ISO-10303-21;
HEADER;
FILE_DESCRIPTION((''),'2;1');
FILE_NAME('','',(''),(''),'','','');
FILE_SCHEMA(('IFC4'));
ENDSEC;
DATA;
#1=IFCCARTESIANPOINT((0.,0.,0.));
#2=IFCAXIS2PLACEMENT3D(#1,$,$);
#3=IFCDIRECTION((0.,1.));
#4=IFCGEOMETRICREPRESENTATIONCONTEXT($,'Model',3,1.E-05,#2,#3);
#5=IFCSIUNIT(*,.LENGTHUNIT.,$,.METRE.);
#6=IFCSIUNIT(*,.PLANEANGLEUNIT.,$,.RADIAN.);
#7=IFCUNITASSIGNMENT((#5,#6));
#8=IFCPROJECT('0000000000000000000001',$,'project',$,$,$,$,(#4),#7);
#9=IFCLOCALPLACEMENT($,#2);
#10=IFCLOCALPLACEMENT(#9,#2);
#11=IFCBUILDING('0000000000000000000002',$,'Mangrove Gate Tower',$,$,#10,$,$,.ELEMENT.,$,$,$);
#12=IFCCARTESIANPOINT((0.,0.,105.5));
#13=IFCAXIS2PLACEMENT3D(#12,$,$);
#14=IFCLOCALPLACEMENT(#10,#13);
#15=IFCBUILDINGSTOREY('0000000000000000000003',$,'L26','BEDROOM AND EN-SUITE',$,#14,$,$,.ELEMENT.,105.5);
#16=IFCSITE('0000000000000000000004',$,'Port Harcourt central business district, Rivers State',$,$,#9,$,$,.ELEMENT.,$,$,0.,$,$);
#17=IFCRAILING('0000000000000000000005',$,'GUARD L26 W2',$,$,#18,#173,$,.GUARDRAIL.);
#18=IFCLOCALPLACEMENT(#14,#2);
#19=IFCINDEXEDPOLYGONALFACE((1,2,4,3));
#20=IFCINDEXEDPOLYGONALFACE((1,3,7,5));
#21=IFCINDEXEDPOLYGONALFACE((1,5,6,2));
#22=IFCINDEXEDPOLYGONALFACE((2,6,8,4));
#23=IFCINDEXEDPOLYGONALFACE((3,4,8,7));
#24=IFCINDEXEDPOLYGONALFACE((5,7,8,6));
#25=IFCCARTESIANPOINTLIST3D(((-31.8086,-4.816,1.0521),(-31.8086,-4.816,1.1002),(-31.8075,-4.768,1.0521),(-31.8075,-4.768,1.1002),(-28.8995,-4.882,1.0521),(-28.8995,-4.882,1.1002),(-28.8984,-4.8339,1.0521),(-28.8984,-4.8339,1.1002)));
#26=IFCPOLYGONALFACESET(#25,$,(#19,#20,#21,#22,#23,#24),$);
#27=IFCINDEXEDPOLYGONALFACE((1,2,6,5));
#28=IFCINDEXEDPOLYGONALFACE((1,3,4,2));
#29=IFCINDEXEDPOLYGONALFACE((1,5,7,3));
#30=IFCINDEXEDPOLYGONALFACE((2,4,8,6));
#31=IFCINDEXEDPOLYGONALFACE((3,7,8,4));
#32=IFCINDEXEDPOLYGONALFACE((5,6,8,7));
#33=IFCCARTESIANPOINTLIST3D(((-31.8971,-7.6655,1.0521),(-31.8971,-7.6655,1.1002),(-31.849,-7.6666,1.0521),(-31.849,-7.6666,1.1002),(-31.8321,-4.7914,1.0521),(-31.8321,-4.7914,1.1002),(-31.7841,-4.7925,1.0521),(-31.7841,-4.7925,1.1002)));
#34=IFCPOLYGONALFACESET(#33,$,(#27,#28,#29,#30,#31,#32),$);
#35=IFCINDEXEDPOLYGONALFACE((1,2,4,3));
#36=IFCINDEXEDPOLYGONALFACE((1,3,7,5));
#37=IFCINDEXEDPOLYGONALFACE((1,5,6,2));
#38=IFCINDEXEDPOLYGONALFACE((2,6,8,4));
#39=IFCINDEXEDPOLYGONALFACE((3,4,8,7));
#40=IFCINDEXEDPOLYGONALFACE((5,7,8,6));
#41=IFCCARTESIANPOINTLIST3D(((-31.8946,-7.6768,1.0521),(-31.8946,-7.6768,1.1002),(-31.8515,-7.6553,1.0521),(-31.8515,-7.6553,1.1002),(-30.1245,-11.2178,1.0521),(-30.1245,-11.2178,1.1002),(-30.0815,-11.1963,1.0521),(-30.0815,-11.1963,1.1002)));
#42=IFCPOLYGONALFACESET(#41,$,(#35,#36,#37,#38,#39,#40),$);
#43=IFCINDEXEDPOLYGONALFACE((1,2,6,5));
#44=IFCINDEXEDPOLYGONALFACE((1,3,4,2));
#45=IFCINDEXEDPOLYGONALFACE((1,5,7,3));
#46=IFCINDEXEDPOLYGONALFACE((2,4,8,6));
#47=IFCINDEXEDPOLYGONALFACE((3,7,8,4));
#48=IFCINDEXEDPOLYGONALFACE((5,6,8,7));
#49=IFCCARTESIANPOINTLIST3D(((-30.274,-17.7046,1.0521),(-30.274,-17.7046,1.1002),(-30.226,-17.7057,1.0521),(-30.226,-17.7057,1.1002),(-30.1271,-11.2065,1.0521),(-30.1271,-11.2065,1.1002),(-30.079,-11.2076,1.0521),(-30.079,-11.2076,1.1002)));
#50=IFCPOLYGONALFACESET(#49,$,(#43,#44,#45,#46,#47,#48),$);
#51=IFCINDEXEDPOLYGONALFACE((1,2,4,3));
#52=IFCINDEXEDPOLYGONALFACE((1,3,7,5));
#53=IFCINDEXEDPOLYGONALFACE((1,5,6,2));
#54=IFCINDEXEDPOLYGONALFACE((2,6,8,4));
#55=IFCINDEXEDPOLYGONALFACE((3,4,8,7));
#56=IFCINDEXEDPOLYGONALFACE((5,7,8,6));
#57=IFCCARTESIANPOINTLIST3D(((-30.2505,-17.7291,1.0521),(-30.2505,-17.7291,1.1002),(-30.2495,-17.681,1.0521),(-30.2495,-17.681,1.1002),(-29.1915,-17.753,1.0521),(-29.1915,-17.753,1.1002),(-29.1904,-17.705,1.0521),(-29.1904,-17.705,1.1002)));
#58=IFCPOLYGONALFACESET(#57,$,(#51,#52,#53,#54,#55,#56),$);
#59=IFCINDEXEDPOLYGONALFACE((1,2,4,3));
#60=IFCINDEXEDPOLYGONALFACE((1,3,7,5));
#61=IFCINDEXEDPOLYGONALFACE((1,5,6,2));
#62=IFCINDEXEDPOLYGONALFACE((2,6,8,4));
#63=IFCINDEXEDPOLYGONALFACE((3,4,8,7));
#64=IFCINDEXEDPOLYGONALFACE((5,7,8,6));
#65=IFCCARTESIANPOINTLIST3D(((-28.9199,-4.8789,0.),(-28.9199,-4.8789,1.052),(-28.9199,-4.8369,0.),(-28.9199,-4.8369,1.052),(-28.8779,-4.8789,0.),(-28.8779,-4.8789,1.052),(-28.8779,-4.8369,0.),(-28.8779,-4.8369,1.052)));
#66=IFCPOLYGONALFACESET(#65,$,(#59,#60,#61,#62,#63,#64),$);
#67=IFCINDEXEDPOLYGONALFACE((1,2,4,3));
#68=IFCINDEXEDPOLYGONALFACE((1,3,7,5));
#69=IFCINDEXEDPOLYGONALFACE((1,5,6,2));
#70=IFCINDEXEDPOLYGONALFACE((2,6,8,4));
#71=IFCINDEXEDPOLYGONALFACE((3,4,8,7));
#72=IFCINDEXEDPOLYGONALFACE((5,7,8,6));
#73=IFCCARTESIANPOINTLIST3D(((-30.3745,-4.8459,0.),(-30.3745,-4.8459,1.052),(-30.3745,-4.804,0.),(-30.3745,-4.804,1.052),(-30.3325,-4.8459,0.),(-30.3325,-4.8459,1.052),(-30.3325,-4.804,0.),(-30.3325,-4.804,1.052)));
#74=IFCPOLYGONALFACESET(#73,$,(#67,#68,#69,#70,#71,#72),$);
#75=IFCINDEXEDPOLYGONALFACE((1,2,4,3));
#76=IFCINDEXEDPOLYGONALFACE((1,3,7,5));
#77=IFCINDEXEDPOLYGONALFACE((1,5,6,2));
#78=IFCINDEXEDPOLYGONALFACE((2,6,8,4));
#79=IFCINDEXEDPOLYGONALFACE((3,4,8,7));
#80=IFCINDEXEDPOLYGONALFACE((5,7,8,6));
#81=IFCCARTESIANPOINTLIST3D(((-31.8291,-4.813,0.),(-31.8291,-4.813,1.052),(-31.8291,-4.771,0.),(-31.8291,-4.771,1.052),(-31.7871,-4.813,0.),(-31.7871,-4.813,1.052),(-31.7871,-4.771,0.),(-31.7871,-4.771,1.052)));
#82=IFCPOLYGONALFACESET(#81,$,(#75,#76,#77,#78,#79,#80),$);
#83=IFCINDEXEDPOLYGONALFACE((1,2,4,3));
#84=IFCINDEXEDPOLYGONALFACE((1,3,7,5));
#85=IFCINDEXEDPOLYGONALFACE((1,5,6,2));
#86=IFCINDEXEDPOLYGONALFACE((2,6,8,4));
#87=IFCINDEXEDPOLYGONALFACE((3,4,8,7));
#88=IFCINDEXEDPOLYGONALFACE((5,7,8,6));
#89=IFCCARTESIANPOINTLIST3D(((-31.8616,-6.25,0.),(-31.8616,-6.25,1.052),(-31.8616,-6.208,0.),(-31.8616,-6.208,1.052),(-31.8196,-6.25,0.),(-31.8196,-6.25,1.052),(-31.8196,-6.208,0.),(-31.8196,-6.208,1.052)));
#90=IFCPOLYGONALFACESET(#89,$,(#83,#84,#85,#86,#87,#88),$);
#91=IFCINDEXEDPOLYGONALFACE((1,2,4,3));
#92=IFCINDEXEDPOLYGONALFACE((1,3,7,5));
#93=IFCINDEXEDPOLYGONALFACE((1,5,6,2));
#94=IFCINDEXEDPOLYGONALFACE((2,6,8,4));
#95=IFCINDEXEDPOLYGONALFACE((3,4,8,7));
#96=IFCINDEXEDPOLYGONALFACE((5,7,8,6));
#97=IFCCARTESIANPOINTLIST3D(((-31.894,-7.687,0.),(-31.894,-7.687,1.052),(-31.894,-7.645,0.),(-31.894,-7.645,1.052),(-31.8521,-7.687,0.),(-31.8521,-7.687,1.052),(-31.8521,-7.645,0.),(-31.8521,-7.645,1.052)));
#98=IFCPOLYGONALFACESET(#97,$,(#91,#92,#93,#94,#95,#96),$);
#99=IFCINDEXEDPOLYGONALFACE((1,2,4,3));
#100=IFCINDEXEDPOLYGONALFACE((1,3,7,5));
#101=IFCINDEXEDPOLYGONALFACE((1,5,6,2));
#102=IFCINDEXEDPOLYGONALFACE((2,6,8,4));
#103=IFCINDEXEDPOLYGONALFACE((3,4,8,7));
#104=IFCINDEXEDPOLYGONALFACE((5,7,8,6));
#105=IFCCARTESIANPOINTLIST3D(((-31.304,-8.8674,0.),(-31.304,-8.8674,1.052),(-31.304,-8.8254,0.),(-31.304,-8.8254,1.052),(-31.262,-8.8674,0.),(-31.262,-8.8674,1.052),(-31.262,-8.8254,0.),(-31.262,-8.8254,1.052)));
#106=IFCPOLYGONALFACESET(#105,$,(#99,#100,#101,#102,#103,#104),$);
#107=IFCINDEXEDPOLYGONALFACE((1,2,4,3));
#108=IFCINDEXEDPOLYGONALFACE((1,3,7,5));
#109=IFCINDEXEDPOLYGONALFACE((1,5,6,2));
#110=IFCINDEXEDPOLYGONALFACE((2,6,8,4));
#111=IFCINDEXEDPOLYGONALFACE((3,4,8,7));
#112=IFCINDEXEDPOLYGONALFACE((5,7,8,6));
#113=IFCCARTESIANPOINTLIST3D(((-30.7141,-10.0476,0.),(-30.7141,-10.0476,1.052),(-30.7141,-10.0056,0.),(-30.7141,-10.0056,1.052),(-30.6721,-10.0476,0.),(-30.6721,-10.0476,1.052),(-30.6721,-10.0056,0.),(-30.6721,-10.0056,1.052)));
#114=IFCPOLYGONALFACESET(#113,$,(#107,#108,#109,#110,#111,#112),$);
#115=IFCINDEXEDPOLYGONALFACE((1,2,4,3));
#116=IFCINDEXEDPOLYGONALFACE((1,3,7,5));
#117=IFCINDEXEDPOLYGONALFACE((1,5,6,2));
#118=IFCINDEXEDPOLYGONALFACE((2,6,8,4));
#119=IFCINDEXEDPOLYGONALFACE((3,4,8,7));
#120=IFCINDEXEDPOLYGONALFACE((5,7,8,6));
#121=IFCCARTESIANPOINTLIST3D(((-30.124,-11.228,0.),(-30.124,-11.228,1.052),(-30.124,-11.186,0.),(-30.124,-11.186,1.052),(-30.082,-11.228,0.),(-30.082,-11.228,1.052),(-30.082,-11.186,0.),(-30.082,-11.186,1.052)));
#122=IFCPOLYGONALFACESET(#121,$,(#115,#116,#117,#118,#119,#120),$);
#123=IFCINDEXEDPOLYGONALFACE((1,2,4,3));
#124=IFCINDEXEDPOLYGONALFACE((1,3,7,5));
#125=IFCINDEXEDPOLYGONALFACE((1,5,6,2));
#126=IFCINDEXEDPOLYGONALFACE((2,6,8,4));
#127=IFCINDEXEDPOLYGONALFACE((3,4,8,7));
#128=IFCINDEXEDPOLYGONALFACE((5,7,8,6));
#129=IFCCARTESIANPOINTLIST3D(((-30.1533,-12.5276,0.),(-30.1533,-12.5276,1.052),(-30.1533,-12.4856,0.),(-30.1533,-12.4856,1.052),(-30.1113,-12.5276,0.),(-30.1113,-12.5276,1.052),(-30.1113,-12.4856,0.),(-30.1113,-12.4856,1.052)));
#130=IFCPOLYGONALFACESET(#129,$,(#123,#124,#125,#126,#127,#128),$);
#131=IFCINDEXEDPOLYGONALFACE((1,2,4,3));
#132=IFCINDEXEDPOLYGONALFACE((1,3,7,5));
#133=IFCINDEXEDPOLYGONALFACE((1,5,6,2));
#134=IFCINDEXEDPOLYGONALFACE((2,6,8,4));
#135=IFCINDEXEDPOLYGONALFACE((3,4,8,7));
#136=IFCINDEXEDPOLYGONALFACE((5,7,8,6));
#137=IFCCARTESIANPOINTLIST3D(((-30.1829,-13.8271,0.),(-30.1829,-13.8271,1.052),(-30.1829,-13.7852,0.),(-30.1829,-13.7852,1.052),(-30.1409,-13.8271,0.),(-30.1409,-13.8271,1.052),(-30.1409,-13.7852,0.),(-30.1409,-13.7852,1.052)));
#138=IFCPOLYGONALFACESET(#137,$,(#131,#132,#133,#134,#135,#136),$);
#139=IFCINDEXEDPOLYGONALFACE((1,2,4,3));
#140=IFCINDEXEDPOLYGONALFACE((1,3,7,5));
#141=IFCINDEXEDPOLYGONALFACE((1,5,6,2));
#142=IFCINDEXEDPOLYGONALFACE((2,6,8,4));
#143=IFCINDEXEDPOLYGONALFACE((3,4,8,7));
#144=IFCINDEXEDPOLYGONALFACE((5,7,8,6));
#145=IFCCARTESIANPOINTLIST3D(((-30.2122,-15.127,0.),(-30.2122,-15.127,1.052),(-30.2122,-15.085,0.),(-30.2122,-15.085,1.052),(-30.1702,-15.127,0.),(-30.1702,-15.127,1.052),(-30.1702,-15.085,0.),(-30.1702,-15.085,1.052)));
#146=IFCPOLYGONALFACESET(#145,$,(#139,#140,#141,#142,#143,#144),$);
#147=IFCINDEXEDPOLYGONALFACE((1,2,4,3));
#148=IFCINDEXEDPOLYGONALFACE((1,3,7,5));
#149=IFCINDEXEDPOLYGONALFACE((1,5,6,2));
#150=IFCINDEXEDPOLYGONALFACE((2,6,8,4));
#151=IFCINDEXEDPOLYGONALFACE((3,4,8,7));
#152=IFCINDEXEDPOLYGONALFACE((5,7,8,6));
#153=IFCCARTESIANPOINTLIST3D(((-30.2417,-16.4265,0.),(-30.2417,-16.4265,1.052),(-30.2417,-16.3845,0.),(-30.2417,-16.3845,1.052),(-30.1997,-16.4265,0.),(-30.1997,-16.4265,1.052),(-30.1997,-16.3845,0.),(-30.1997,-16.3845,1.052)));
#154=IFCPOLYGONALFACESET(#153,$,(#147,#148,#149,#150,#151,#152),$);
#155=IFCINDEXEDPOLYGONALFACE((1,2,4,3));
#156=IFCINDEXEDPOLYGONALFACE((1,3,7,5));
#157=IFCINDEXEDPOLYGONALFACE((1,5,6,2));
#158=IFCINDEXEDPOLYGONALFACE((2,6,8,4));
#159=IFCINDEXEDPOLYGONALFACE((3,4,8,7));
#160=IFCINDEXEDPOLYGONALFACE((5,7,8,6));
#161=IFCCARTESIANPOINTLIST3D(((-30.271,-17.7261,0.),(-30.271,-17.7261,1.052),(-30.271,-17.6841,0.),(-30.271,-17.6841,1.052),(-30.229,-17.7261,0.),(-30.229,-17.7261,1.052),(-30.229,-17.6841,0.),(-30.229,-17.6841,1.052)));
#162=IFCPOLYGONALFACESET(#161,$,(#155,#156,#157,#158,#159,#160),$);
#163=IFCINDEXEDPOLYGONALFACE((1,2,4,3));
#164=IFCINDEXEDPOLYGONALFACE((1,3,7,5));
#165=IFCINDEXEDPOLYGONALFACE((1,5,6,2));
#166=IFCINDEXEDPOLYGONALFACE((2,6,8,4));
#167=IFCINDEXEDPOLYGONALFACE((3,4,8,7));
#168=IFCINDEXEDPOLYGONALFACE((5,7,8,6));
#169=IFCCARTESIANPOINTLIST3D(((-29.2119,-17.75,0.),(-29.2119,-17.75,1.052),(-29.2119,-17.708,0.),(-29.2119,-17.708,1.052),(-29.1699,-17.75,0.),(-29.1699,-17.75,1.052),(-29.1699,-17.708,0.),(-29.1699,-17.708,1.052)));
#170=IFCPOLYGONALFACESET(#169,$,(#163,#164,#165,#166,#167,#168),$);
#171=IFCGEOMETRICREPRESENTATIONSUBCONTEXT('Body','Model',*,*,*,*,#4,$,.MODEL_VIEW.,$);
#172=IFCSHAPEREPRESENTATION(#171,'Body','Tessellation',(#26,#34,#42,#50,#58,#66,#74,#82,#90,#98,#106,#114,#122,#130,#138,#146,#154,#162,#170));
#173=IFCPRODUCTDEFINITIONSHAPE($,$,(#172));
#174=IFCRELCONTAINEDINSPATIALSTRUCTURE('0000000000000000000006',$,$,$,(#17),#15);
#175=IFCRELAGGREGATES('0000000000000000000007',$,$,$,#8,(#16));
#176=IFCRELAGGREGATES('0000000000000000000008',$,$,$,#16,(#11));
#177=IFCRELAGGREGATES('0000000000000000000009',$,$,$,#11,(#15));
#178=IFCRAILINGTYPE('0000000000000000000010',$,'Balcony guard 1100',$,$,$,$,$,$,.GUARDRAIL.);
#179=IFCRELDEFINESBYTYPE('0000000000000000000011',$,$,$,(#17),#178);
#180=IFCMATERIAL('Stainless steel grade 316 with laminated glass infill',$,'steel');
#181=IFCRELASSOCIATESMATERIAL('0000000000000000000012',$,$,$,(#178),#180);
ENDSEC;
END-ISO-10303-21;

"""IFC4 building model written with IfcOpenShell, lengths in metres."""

from ifc_helpers import new_model, si_unit, direction, frame, origin, origin_2d, place, context, subcontext, project, spatial, rectangle, extrude, material, type_object, element, save


model = new_model("IFC4")

# Units and contexts
model_context = context("Model", 3, precision=1e-05, world=origin(), true_north=direction((0.0, 1.0)))
body_context = subcontext(model_context, "Body", "Model", "MODEL_VIEW")
ifc_project = project(units=[si_unit("LENGTHUNIT", "METRE"), si_unit("PLANEANGLEUNIT", "RADIAN")], contexts=[model_context])

# Site, building, storey
site_placement = place(None, origin())
site = spatial("IfcSite", under=ifc_project, at=site_placement, Name="Port Harcourt central business district, Rivers State", CompositionType="ELEMENT", RefElevation=0.0)
building_placement = place(site_placement, origin())
building = spatial("IfcBuilding", under=site, at=building_placement, Name="Mangrove Gate Tower", CompositionType="ELEMENT")
storey_placement = place(building_placement, frame((0.0, 0.0, 105.5)))
storey = spatial("IfcBuildingStorey", under=building, at=storey_placement, Name="L26", Description="BEDROOM AND EN-SUITE", CompositionType="ELEMENT", Elevation=105.5)

# Railing
ifc_material_1 = material(Name="Stainless steel grade 316 with laminated glass infill", Category="steel")
railing_type = type_object("IfcRailingType", Name="Balcony guard 1100", PredefinedType="GUARDRAIL", material=ifc_material_1)
railing_placement = place(storey_placement, frame((-28.8989, -4.8579, 0.0)))
element("IfcRailing", 1, at=railing_placement, inside=storey, type_object=railing_type, Name="GUARD L26 W2", PredefinedType="GUARDRAIL", context=body_context, shape_type="SweptSolid", body=[
    extrude(rectangle(XDim=0.0481, YDim=0.0481, at=origin_2d()), frame((0.0, 0.0, 1.0762), z_axis=(-0.999743, 0.022653, 0.0), x_axis=(-0.022653, -0.999743, 0.0)), (0.0, 0.0, 1.0), 2.9099),
    extrude(rectangle(XDim=0.0481, YDim=0.0481, at=origin_2d()), frame((-2.9092, 0.0659, 1.0762), z_axis=(-0.02259, -0.999745, 0.0), x_axis=(0.999745, -0.02259, 0.0)), (0.0, 0.0, 1.0), 2.8748),
    extrude(rectangle(XDim=0.0481, YDim=0.0481, at=origin_2d()), frame((-2.9741, -2.8081, 1.0762), z_axis=(0.447115, -0.894477, 0.0), x_axis=(0.894477, 0.447115, 0.0)), (0.0, 0.0, 1.0), 3.9587),
    extrude(rectangle(XDim=0.0481, YDim=0.0481, at=origin_2d()), frame((-1.2041, -6.3491, 1.0762), z_axis=(-0.022612, -0.999744, 0.0), x_axis=(0.999744, -0.022612, 0.0)), (0.0, 0.0, 1.0), 6.4998),
    extrude(rectangle(XDim=0.0481, YDim=0.0481, at=origin_2d()), frame((-1.3511, -12.8472, 1.0762), z_axis=(0.999745, -0.022585, 0.0), x_axis=(0.022585, 0.999745, 0.0)), (0.0, 0.0, 1.0), 1.0593),
    extrude(rectangle(XDim=0.042, YDim=0.042, at=origin_2d()), origin(), (0.0, 0.0, 1.0), 1.052),
    extrude(rectangle(XDim=0.042, YDim=0.042, at=origin_2d()), frame((-1.4546, 0.033, 0.0)), (0.0, 0.0, 1.0), 1.052),
    extrude(rectangle(XDim=0.042, YDim=0.042, at=origin_2d()), frame((-2.9092, 0.0659, 0.0)), (0.0, 0.0, 1.0), 1.052),
    extrude(rectangle(XDim=0.042, YDim=0.042, at=origin_2d()), frame((-2.9417, -1.3711, 0.0)), (0.0, 0.0, 1.0), 1.052),
    extrude(rectangle(XDim=0.042, YDim=0.042, at=origin_2d()), frame((-2.9741, -2.8081, 0.0)), (0.0, 0.0, 1.0), 1.052),
    extrude(rectangle(XDim=0.042, YDim=0.042, at=origin_2d()), frame((-2.384, -3.9885, 0.0)), (0.0, 0.0, 1.0), 1.052),
    extrude(rectangle(XDim=0.042, YDim=0.042, at=origin_2d()), frame((-1.7942, -5.1687, 0.0)), (0.0, 0.0, 1.0), 1.052),
    extrude(rectangle(XDim=0.042, YDim=0.042, at=origin_2d()), frame((-1.2041, -6.3491, 0.0)), (0.0, 0.0, 1.0), 1.052),
    extrude(rectangle(XDim=0.042, YDim=0.042, at=origin_2d()), frame((-1.2334, -7.6487, 0.0)), (0.0, 0.0, 1.0), 1.052),
    extrude(rectangle(XDim=0.042, YDim=0.042, at=origin_2d()), frame((-1.2629, -8.9482, 0.0)), (0.0, 0.0, 1.0), 1.052),
    extrude(rectangle(XDim=0.042, YDim=0.042, at=origin_2d()), frame((-1.2922, -10.248, 0.0)), (0.0, 0.0, 1.0), 1.052),
    extrude(rectangle(XDim=0.042, YDim=0.042, at=origin_2d()), frame((-1.3218, -11.5476, 0.0)), (0.0, 0.0, 1.0), 1.052),
    extrude(rectangle(XDim=0.042, YDim=0.042, at=origin_2d()), frame((-1.3511, -12.8472, 0.0)), (0.0, 0.0, 1.0), 1.052),
    extrude(rectangle(XDim=0.042, YDim=0.042, at=origin_2d()), frame((-0.292, -12.8711, 0.0)), (0.0, 0.0, 1.0), 1.052),
])

save(model, "model.ifc")
